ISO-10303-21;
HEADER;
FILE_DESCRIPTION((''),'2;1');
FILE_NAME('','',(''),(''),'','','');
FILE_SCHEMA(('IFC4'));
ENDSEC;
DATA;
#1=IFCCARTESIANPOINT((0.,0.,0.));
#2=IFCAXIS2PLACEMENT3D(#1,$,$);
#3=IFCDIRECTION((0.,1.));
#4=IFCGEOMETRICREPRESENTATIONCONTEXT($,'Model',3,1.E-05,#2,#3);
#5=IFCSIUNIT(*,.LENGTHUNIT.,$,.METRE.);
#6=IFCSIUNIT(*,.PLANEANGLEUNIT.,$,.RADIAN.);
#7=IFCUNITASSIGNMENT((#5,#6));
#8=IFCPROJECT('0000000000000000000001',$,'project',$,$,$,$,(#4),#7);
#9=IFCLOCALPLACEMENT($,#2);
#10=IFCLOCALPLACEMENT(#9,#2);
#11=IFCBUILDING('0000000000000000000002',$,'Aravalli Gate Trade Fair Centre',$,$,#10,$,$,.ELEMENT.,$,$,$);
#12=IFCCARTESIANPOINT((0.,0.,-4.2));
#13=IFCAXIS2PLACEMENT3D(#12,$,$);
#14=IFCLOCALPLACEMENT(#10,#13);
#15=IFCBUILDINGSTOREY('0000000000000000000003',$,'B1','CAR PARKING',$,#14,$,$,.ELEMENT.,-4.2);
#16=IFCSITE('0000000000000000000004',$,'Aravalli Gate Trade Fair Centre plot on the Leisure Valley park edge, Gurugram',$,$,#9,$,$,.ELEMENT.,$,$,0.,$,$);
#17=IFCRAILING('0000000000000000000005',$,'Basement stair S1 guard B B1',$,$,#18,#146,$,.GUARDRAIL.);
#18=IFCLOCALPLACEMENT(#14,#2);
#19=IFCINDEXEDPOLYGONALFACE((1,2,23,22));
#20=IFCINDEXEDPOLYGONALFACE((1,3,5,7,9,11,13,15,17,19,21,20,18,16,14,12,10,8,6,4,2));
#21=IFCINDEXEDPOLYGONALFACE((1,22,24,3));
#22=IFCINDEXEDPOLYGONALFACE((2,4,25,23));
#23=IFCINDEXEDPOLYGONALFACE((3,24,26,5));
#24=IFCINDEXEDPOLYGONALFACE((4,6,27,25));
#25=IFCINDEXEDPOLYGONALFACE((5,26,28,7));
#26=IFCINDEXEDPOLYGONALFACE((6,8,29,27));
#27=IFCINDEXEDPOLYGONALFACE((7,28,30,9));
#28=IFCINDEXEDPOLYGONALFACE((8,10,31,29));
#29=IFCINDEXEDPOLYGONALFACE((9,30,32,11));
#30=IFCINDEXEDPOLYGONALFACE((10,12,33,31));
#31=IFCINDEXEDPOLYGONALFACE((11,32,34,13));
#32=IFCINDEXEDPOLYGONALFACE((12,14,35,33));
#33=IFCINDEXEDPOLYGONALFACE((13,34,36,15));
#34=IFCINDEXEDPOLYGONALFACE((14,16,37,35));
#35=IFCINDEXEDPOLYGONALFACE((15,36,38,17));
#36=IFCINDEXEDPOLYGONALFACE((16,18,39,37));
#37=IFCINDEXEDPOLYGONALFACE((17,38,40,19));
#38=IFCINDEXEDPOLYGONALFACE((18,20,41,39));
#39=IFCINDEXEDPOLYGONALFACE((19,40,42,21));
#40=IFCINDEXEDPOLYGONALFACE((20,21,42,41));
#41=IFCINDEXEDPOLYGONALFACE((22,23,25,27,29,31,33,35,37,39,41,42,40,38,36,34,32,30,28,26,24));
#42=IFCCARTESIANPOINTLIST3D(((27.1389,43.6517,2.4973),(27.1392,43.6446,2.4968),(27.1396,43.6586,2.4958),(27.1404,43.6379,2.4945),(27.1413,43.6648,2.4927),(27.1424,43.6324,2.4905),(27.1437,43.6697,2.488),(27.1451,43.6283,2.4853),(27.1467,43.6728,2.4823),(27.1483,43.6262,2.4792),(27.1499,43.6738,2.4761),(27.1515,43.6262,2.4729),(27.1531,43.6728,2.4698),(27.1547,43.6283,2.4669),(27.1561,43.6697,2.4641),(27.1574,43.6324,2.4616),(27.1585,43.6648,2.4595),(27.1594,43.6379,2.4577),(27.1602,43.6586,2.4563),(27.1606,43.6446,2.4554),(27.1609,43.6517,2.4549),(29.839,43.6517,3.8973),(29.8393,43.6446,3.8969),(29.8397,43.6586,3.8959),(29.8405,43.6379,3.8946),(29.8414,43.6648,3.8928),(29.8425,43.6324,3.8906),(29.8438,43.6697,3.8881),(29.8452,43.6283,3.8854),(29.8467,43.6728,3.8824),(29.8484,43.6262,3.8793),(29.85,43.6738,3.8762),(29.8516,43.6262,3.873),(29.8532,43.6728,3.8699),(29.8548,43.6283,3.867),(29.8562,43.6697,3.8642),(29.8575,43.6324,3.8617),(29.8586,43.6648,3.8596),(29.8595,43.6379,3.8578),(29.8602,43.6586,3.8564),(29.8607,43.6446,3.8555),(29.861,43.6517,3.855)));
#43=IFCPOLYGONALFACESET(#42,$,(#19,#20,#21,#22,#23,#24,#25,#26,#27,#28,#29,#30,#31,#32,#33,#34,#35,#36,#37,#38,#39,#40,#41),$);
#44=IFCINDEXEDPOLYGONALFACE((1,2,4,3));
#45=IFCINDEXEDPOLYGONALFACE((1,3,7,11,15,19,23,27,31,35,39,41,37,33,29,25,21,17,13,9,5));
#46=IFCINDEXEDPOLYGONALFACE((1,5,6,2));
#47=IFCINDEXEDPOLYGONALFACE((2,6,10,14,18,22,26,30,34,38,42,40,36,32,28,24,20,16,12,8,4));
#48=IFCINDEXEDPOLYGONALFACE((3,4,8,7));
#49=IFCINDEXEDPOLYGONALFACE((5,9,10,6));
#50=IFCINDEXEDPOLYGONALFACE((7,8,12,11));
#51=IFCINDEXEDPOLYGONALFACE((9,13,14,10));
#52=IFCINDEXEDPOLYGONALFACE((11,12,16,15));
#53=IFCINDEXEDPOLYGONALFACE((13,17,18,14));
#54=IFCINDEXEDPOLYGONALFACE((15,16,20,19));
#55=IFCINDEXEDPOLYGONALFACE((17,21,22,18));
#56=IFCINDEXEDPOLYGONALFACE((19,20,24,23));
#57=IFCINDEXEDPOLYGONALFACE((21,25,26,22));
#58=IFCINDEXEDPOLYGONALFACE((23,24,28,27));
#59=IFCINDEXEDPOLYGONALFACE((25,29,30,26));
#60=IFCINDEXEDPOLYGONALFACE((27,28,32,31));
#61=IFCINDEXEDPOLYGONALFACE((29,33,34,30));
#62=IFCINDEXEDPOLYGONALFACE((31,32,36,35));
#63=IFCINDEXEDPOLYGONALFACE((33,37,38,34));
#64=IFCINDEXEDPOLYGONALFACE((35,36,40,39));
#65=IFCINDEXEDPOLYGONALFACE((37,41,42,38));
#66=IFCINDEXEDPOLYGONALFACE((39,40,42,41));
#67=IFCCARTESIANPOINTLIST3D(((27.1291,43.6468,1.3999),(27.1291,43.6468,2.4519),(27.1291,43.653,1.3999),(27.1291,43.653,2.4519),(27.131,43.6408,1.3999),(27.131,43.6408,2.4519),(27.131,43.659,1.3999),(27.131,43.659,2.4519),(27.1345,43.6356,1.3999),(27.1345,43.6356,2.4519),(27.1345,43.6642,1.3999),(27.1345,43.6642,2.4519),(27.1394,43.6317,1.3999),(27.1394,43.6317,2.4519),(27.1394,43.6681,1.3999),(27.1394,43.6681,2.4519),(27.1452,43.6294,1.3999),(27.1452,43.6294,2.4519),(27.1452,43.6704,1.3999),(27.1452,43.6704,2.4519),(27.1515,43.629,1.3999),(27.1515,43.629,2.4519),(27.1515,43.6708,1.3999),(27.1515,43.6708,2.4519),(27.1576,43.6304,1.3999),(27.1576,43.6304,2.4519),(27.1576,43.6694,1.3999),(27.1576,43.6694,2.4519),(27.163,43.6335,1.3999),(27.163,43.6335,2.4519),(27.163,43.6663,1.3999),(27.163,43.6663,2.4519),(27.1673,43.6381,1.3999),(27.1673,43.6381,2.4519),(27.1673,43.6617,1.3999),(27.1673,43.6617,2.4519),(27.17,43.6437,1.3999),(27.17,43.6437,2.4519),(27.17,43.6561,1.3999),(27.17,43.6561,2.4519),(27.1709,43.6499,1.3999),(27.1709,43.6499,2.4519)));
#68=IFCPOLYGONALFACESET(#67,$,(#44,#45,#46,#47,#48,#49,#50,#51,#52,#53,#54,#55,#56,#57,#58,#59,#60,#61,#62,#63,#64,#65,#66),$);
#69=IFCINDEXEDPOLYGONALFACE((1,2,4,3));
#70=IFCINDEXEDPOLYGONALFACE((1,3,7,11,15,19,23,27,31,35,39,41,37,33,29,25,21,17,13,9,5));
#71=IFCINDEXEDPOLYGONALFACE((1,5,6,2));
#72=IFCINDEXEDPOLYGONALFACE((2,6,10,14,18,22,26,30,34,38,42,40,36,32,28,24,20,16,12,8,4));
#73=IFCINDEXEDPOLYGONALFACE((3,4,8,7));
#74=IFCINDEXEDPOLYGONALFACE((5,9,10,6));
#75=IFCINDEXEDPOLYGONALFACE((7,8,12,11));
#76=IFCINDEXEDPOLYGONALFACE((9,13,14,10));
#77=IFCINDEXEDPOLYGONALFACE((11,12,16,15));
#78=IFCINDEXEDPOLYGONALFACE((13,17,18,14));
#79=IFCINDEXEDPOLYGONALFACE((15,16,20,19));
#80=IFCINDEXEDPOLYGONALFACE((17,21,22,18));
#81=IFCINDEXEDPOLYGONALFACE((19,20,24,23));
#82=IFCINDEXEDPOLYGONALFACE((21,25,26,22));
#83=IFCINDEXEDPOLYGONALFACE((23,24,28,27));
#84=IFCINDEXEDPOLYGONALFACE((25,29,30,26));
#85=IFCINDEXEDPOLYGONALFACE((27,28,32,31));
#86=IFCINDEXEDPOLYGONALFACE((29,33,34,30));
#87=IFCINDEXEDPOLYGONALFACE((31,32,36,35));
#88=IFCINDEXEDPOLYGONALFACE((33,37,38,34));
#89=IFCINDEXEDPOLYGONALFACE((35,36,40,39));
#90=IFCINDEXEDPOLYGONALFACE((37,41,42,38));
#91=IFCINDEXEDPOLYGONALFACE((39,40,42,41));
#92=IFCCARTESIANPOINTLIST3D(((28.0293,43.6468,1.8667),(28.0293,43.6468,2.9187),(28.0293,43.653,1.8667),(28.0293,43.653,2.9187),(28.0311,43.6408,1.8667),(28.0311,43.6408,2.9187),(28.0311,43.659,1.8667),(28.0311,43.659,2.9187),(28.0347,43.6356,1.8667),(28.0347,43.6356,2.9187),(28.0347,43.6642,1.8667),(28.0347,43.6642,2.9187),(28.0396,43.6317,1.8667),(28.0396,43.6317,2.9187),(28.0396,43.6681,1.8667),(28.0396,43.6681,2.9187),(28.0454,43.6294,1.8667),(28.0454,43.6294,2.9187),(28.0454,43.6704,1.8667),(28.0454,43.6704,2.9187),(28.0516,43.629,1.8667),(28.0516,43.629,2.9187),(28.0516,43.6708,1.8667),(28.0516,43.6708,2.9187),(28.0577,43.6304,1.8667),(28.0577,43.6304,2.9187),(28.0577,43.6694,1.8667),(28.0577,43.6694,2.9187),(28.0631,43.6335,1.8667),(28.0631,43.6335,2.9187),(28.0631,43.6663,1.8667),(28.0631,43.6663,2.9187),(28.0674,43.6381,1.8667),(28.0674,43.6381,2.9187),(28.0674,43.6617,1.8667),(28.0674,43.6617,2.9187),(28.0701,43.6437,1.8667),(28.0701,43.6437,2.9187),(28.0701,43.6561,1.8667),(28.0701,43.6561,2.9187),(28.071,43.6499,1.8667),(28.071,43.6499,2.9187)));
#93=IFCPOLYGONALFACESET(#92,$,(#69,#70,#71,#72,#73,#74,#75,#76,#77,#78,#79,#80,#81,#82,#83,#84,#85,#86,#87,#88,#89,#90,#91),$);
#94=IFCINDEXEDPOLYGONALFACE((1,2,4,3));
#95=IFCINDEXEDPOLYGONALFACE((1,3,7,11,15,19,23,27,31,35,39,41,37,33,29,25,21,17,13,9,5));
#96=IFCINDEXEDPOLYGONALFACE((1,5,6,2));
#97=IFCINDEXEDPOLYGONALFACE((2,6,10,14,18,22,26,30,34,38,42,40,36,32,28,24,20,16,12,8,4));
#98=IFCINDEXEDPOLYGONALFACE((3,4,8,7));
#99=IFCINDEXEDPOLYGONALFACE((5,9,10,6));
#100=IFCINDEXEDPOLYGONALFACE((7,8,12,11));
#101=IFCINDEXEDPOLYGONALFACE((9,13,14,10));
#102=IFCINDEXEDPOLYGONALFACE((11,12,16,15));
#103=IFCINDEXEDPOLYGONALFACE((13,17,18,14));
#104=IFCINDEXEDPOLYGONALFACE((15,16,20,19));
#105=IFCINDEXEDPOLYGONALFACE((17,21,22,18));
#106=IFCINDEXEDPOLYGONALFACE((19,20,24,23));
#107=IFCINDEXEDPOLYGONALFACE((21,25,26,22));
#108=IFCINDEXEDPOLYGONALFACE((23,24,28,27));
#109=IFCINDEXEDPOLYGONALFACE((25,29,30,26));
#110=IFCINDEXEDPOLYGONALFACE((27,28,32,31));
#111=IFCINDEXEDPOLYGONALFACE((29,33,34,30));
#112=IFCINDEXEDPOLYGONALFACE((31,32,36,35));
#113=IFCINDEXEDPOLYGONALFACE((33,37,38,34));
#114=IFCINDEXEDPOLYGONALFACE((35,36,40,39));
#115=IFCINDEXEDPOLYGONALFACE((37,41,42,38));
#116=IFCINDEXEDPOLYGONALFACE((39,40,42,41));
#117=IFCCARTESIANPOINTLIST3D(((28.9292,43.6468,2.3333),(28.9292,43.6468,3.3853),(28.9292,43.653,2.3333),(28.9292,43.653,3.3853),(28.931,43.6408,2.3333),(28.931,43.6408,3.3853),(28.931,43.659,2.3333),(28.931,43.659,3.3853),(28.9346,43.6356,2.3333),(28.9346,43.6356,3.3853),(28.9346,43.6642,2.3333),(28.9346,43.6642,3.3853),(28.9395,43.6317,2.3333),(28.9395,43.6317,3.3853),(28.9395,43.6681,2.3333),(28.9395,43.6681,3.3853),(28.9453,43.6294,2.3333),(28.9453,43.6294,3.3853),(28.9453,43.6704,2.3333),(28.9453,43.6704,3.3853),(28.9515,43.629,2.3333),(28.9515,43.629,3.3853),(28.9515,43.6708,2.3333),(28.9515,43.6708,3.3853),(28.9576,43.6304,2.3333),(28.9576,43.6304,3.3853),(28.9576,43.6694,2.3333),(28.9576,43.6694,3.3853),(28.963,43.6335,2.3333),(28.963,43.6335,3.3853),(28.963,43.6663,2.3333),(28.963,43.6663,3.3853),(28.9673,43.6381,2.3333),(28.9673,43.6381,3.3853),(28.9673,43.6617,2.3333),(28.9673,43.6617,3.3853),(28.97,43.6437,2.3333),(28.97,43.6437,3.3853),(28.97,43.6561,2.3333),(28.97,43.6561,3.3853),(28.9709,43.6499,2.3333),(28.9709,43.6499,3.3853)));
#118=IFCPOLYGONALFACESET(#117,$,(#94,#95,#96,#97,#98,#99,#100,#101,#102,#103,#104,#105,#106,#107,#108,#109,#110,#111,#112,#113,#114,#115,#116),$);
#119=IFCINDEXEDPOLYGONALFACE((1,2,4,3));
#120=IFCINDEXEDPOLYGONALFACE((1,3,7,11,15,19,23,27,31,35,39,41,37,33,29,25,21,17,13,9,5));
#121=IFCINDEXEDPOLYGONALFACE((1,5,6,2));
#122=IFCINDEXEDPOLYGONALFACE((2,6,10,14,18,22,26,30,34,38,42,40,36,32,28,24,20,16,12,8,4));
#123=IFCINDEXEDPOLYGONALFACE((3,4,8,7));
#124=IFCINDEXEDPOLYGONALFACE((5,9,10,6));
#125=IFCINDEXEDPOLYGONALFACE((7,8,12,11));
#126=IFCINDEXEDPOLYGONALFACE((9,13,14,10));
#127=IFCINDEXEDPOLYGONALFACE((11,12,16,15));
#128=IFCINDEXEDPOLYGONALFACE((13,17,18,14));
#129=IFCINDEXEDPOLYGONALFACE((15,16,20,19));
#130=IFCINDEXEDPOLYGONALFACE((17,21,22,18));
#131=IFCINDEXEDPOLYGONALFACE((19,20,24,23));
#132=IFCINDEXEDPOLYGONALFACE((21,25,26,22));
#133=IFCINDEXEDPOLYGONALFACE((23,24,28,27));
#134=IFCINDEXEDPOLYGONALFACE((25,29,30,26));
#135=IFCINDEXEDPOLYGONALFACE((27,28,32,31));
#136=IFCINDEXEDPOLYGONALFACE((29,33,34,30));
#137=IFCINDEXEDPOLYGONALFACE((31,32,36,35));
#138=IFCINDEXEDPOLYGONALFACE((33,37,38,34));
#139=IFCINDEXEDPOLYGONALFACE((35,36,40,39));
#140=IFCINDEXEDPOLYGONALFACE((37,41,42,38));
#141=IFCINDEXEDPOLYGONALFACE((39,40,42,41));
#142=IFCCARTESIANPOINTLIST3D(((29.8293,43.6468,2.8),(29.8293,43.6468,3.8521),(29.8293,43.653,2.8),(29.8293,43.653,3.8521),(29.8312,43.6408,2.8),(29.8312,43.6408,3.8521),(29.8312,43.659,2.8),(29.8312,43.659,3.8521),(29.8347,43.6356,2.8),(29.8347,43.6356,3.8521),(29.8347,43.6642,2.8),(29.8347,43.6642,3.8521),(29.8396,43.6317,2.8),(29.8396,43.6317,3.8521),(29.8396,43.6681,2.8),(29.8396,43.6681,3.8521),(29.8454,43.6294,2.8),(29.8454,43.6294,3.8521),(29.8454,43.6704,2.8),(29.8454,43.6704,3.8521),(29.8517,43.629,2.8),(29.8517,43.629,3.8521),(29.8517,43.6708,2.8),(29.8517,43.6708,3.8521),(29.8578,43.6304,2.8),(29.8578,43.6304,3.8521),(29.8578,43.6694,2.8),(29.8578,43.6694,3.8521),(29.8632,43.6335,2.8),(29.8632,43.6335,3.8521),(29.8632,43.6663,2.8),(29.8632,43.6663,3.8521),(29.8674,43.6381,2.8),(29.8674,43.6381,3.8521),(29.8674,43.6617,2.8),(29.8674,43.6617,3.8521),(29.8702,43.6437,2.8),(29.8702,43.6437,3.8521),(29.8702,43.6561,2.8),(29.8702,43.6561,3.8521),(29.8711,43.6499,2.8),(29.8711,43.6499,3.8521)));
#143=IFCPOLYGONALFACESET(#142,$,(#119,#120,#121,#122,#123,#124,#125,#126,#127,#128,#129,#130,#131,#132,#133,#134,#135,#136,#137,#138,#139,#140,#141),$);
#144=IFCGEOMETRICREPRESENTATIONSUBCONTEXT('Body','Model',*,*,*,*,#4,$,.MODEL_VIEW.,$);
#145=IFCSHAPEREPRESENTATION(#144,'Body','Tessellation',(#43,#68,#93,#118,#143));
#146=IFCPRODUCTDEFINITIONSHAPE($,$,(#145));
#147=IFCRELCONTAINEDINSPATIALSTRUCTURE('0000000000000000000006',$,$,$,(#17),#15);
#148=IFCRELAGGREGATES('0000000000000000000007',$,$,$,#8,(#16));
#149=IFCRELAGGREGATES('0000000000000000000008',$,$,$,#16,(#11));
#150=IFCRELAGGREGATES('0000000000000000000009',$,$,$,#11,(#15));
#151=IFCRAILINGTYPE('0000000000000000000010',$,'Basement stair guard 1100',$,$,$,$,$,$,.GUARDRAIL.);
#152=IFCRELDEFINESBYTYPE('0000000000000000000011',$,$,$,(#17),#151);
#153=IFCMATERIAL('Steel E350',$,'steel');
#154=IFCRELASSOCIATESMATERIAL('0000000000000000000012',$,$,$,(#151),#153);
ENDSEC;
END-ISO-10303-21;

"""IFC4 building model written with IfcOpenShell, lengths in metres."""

from ifc_helpers import new_model, si_unit, direction, frame, origin, origin_2d, place, context, subcontext, project, spatial, circle, extrude, material, type_object, element, save


model = new_model("IFC4")

# Units and contexts
model_context = context("Model", 3, precision=1e-05, world=origin(), true_north=direction((0.0, 1.0)))
body_context = subcontext(model_context, "Body", "Model", "MODEL_VIEW")
ifc_project = project(units=[si_unit("LENGTHUNIT", "METRE"), si_unit("PLANEANGLEUNIT", "RADIAN")], contexts=[model_context])

# Site, building, storey
site_placement = place(None, origin())
site = spatial("IfcSite", under=ifc_project, at=site_placement, Name="Aravalli Gate Trade Fair Centre plot on the Leisure Valley park edge, Gurugram", CompositionType="ELEMENT", RefElevation=0.0)
building_placement = place(site_placement, origin())
building = spatial("IfcBuilding", under=site, at=building_placement, Name="Aravalli Gate Trade Fair Centre", CompositionType="ELEMENT")
storey_placement = place(building_placement, frame((0.0, 0.0, -4.2)))
storey = spatial("IfcBuildingStorey", under=building, at=storey_placement, Name="B1", Description="CAR PARKING", CompositionType="ELEMENT", Elevation=-4.2)

# Railing
ifc_material_1 = material(Name="Steel E350", Category="steel")
railing_type_1 = type_object("IfcRailingType", Name="Basement stair guard 1100", PredefinedType="GUARDRAIL", material=ifc_material_1)
railing_1_placement = place(storey_placement, frame((27.1499, 43.6499, 1.3999)))
element("IfcRailing", 1, at=railing_1_placement, inside=storey, type_object=railing_type_1, Name="Basement stair S1 guard B B1", PredefinedType="GUARDRAIL", context=body_context, shape_type="SweptSolid", body=[
    extrude(circle(Radius=0.0239, at=origin_2d()), frame((0.0, 0.0, 1.0762), z_axis=(0.887748, 0.0, 0.460329), x_axis=(0.0, 1.0, 0.0)), (0.0, 0.0, 1.0), 3.0415),
    extrude(circle(Radius=0.021, at=origin_2d()), origin(), (0.0, 0.0, 1.0), 1.052),
    extrude(circle(Radius=0.021, at=origin_2d()), frame((0.9001, 0.0, 0.4668)), (0.0, 0.0, 1.0), 1.052),
    extrude(circle(Radius=0.021, at=origin_2d()), frame((1.8, 0.0, 0.9333)), (0.0, 0.0, 1.0), 1.052),
    extrude(circle(Radius=0.021, at=origin_2d()), frame((2.7002, 0.0, 1.4001)), (0.0, 0.0, 1.0), 1.052),
])

save(model, "model.ifc")
